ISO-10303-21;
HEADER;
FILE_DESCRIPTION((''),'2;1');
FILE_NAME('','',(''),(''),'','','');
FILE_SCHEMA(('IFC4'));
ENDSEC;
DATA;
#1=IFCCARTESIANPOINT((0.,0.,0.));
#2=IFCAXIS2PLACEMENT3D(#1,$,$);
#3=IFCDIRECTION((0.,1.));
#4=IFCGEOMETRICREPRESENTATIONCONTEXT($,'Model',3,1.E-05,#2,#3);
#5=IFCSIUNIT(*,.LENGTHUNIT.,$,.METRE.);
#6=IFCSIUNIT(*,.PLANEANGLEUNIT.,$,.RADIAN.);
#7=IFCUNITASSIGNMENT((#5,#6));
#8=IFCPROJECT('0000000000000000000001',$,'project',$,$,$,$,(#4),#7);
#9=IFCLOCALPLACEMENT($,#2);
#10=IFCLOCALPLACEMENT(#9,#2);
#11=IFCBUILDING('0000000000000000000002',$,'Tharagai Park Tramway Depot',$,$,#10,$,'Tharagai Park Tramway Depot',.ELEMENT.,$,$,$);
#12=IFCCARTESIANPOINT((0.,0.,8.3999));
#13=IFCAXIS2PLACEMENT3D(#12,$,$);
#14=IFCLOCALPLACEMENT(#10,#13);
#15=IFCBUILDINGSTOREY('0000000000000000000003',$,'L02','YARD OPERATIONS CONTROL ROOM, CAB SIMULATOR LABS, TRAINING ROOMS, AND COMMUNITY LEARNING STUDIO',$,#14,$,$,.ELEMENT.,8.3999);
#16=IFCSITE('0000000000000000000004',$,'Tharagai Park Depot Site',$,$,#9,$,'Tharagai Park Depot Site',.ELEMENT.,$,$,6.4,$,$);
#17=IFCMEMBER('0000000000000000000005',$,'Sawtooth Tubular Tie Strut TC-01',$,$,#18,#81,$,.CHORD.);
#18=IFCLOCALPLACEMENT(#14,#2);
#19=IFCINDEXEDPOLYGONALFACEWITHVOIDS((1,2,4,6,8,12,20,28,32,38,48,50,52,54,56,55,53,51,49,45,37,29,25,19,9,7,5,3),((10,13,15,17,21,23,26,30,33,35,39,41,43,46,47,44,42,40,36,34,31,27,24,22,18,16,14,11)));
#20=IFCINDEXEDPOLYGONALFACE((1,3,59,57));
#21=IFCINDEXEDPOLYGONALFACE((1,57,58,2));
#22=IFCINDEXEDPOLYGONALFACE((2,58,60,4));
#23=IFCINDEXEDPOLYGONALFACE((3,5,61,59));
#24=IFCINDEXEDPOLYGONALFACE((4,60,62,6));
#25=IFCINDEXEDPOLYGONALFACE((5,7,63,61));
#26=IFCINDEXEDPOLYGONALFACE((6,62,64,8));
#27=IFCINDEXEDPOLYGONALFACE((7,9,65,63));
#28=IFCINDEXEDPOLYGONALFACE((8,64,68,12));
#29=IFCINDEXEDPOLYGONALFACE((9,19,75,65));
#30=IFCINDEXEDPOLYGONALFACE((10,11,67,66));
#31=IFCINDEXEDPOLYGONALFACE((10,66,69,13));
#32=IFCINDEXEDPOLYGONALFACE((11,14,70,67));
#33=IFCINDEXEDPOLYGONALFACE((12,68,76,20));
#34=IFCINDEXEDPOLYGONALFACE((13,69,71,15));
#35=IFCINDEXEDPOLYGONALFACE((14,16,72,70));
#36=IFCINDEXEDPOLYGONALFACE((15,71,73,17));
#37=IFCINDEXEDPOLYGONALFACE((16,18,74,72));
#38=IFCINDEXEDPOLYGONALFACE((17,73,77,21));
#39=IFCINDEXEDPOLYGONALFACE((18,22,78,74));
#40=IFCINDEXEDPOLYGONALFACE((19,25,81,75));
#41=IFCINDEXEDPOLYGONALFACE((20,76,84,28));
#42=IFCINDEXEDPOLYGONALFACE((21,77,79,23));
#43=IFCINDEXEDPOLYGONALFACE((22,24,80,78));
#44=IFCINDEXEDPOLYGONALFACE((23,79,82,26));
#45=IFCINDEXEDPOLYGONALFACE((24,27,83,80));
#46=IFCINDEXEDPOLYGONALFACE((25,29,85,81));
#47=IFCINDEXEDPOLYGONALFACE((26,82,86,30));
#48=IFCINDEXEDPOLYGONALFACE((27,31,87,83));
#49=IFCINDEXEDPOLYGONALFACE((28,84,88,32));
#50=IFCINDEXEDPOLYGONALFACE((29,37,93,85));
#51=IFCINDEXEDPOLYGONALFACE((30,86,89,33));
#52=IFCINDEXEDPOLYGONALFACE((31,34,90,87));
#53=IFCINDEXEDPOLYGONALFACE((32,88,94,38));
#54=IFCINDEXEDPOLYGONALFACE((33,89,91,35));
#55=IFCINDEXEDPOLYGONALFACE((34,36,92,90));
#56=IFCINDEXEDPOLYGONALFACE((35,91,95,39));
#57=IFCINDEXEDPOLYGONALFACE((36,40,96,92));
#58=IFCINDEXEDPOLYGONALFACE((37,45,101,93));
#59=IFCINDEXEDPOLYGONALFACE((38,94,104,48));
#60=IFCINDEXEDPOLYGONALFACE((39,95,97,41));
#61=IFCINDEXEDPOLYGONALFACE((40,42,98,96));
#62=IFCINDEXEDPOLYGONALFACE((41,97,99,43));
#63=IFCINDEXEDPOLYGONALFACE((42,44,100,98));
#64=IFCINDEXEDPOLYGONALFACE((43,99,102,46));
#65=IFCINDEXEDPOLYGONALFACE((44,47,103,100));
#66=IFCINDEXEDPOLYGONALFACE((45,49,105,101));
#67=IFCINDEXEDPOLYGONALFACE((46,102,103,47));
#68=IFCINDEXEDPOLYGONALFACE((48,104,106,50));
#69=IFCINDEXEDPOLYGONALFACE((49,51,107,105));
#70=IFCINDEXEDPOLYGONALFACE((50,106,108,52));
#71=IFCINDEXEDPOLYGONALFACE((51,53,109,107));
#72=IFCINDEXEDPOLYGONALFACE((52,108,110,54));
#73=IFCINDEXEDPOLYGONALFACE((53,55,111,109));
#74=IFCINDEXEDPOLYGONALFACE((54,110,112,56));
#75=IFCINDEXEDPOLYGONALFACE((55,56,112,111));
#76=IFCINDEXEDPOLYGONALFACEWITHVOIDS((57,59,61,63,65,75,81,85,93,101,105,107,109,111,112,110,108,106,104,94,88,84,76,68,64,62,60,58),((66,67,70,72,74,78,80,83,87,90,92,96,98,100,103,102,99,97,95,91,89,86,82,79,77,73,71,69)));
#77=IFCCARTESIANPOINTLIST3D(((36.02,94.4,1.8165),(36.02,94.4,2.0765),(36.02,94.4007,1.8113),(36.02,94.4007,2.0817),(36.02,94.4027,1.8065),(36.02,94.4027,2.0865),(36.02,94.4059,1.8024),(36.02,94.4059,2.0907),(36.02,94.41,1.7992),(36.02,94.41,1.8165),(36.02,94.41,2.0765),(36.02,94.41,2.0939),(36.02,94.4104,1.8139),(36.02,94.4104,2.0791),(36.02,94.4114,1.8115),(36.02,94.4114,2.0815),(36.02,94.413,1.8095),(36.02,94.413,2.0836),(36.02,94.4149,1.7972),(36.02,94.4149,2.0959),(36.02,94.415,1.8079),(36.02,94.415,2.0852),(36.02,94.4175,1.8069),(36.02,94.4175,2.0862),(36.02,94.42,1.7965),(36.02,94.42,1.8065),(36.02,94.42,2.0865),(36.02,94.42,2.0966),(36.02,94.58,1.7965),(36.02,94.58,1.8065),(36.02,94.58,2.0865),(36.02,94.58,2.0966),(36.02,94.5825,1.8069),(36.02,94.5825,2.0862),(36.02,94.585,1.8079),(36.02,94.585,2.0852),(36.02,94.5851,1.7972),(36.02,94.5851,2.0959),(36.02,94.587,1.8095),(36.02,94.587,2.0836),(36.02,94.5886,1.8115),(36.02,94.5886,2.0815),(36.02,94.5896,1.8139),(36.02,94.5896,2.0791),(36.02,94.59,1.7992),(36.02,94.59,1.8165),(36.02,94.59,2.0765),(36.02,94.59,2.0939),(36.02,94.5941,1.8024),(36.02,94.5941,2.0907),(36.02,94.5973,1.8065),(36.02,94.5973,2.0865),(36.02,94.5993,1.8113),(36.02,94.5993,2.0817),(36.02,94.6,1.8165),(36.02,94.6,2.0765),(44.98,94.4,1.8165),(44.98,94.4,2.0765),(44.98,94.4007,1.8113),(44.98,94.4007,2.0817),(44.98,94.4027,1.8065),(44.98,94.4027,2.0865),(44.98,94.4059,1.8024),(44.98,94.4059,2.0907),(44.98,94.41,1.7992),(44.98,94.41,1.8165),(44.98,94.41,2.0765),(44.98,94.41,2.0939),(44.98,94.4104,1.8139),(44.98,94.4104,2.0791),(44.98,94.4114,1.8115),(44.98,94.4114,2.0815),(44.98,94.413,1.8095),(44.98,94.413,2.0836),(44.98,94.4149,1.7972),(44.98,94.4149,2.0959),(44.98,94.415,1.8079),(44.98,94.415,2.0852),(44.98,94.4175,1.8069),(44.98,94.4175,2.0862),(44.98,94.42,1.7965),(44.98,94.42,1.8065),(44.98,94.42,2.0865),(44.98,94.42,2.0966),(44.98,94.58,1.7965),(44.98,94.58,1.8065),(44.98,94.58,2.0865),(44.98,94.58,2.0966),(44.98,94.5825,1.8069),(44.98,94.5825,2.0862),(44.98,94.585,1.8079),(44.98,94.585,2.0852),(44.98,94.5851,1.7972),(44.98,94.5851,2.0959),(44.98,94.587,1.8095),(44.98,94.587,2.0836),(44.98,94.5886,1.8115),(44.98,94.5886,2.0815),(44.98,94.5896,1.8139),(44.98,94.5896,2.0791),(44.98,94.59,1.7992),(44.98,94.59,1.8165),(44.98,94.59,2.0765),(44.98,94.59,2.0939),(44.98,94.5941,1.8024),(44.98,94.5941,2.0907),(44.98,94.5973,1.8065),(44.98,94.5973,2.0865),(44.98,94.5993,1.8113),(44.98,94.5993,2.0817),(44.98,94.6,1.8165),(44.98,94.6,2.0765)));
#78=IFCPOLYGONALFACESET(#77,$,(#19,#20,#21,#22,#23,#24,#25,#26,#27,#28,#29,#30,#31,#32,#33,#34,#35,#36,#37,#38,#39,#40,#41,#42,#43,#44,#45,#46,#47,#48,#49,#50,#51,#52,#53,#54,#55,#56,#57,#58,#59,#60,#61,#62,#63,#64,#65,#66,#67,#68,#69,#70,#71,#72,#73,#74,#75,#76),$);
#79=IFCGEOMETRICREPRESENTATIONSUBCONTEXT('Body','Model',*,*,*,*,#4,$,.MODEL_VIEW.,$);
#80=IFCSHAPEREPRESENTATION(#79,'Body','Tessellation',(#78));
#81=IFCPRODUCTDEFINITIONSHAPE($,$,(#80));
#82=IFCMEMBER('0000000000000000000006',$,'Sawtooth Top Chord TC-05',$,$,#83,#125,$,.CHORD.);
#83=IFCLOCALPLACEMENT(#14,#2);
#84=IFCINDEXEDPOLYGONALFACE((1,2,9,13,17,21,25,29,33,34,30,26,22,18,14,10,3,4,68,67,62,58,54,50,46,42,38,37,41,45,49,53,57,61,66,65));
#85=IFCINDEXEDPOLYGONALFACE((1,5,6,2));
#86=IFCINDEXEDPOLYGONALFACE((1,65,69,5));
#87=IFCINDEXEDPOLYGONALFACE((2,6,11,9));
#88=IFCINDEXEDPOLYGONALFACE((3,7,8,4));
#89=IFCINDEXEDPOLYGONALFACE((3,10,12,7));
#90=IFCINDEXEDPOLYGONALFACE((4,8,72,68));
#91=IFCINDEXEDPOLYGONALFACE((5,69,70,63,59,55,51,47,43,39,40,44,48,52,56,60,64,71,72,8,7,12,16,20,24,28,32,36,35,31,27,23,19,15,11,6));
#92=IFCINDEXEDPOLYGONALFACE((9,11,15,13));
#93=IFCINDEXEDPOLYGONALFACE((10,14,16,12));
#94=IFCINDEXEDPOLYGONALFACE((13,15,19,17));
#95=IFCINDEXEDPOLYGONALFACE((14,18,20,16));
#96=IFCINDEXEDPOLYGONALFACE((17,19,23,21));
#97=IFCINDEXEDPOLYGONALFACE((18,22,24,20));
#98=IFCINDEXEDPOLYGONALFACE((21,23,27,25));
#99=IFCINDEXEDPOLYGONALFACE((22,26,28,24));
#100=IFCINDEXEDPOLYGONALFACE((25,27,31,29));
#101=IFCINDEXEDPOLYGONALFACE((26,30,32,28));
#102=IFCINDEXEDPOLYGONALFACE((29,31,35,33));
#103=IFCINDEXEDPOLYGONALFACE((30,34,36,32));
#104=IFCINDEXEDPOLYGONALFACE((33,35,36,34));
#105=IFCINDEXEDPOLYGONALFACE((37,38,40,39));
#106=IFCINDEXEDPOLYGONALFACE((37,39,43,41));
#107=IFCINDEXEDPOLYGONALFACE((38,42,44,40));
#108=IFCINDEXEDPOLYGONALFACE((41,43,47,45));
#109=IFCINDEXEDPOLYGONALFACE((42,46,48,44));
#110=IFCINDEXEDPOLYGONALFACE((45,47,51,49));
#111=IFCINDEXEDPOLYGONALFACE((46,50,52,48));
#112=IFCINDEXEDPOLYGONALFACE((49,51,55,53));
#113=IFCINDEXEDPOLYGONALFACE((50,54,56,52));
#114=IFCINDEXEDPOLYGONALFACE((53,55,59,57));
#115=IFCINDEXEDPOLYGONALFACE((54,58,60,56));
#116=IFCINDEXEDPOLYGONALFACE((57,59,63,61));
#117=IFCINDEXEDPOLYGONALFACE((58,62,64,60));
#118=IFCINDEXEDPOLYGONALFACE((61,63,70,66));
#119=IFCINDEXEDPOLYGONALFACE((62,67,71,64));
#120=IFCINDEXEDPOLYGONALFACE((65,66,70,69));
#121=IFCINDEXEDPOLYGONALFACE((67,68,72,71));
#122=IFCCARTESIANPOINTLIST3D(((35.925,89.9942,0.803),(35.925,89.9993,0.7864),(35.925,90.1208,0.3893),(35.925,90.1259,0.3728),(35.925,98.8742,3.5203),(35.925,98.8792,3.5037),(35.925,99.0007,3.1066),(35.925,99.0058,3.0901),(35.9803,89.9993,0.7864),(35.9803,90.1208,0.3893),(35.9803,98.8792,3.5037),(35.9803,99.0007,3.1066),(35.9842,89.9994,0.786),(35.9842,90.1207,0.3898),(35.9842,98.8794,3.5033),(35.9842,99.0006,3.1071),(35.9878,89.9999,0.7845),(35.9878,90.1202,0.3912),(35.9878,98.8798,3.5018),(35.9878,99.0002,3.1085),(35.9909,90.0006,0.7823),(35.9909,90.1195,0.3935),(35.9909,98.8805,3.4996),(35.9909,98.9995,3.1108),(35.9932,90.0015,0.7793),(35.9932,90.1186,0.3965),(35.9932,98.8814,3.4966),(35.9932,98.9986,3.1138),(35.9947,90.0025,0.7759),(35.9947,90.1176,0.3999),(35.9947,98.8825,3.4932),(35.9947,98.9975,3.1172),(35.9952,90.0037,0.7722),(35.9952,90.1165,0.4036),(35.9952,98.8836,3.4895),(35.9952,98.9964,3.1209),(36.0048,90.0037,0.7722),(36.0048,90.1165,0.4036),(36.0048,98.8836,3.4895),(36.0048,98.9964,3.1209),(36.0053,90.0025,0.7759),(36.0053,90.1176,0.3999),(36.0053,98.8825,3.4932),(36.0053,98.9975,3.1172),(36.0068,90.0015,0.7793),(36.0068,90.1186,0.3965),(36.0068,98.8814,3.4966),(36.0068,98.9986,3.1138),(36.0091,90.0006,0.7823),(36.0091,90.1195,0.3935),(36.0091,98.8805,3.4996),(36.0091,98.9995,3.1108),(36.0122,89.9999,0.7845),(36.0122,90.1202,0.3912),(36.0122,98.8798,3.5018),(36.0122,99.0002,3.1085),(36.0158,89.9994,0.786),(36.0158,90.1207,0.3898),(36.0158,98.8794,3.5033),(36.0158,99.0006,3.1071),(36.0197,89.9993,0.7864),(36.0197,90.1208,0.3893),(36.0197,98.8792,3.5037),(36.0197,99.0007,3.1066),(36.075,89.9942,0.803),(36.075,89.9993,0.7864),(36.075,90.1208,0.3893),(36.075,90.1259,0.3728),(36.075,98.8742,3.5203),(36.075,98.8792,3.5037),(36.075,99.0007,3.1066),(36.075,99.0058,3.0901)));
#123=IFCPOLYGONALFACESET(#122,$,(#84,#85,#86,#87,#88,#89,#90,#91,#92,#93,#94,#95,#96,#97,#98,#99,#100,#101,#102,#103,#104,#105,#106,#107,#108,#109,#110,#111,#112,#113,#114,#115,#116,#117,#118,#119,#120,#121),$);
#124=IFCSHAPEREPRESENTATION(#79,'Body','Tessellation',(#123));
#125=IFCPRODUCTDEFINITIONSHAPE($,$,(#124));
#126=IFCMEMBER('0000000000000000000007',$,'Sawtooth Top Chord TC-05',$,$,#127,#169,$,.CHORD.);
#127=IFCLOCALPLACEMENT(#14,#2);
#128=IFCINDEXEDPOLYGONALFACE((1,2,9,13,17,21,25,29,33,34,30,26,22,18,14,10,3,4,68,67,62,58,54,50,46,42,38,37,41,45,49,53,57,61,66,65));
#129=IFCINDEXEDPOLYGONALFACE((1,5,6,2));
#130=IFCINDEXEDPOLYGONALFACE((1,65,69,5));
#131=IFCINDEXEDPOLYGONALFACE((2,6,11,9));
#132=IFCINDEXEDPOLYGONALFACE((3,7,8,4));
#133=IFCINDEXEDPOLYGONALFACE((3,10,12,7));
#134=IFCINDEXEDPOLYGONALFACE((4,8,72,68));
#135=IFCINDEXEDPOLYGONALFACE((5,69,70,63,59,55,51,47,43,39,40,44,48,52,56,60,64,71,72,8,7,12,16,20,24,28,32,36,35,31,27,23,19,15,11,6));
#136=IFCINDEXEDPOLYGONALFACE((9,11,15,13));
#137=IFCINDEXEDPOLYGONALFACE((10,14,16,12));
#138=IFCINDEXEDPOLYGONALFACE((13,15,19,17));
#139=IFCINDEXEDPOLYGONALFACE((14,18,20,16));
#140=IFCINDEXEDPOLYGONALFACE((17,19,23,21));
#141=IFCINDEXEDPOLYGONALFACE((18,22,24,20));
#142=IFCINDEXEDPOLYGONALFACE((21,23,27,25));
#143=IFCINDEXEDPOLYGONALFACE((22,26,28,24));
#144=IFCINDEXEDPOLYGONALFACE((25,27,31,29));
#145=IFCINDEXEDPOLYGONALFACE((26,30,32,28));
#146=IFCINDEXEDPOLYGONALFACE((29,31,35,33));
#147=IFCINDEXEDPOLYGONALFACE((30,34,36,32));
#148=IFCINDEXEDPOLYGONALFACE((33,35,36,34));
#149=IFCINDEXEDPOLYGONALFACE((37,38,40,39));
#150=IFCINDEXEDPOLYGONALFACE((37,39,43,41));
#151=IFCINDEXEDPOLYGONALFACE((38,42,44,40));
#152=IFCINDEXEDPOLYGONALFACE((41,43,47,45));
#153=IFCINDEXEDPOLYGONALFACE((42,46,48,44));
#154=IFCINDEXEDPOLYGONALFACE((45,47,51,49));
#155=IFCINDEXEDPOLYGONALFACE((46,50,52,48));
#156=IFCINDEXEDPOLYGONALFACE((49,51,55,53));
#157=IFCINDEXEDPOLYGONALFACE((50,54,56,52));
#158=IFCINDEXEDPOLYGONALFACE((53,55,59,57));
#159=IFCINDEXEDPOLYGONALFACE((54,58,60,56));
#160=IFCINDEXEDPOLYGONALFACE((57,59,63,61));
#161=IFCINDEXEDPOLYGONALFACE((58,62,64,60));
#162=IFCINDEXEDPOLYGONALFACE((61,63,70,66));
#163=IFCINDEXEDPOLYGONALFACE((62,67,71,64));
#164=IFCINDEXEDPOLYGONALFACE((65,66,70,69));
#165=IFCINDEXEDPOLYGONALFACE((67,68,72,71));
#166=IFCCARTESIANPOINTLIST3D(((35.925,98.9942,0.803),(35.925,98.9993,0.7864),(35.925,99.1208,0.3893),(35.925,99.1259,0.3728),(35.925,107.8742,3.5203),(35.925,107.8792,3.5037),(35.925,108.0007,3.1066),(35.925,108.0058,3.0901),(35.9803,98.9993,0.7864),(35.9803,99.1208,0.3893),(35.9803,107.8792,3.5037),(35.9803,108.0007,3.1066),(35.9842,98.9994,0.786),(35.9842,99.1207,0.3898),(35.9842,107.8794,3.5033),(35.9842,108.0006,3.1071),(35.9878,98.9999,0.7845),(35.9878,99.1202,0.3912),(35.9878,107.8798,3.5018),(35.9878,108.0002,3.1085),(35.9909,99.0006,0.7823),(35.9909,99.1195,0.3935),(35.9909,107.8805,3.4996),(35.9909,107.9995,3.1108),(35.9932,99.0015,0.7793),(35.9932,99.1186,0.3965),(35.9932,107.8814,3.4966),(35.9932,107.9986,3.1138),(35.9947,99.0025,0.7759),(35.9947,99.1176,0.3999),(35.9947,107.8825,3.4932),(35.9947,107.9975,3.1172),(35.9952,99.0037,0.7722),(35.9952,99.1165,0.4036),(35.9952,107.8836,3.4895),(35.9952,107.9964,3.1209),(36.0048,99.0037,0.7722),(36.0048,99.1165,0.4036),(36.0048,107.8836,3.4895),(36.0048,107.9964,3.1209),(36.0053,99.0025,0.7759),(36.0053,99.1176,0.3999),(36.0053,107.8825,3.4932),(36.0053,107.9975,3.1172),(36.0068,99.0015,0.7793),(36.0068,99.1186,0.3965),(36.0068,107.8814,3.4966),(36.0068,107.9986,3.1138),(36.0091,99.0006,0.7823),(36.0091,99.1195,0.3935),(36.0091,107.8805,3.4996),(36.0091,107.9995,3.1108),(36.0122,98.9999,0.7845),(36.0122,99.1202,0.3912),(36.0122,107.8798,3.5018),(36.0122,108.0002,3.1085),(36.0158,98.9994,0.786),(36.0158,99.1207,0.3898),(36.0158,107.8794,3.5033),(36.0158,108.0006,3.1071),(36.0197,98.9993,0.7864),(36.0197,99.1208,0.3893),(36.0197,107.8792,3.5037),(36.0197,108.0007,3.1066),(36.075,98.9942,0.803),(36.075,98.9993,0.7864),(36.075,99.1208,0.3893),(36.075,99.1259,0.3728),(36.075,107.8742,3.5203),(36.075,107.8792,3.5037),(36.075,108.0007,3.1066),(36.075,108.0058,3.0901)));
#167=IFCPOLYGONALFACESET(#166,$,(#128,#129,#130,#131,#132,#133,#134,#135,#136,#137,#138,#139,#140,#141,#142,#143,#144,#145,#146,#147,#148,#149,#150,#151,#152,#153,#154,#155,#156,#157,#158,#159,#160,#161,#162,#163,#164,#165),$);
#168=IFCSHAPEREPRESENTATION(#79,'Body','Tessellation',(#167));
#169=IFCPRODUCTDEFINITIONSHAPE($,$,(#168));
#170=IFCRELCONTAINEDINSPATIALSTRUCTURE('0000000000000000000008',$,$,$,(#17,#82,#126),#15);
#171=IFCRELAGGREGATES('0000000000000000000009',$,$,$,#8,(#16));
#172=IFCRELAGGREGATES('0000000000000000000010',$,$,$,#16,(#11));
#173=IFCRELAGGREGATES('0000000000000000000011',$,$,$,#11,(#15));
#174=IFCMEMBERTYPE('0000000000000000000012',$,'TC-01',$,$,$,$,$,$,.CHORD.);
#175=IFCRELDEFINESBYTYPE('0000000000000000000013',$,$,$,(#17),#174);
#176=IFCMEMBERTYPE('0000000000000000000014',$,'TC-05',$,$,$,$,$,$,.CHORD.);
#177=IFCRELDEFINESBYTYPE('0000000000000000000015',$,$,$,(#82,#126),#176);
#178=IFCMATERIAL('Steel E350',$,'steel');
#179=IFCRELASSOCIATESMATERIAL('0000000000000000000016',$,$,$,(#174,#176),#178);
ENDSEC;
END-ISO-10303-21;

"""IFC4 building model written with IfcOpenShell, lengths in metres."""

from ifc_helpers import new_model, si_unit, direction, frame, origin, origin_2d, place, context, subcontext, project, spatial, hollow_rectangle, i_section, extrude, material, material_profile, profile_set, type_object, element, save


model = new_model("IFC4")

# Units and contexts
model_context = context("Model", 3, precision=1e-05, world=origin(), true_north=direction((0.0, 1.0)))
body_context = subcontext(model_context, "Body", "Model", "MODEL_VIEW")
ifc_project = project(units=[si_unit("LENGTHUNIT", "METRE"), si_unit("PLANEANGLEUNIT", "RADIAN")], contexts=[model_context])

# Site, building, storey
site_placement = place(None, origin())
site = spatial("IfcSite", under=ifc_project, at=site_placement, Name="Tharagai Park Depot Site", LongName="Tharagai Park Depot Site", CompositionType="ELEMENT", RefElevation=6.4)
building_placement = place(site_placement, origin())
building = spatial("IfcBuilding", under=site, at=building_placement, Name="Tharagai Park Tramway Depot", LongName="Tharagai Park Tramway Depot", CompositionType="ELEMENT")
storey_placement = place(building_placement, frame((0.0, 0.0, 8.3999)))
storey = spatial("IfcBuildingStorey", under=building, at=storey_placement, Name="L02", Description="YARD OPERATIONS CONTROL ROOM, CAB SIMULATOR LABS, TRAINING ROOMS, AND COMMUNITY LEARNING STUDIO", CompositionType="ELEMENT", Elevation=8.3999)

# Shared definitions
ifc_material_1 = material(Name="Steel E350", Category="steel")

# Members
ifc_material_profile_1 = material_profile(ifc_material_1, hollow_rectangle(XDim=0.2, YDim=0.3, WallThickness=0.01, InnerFilletRadius=0.01, OuterFilletRadius=0.02, at=origin_2d()), Name="RHS 300x200x10")
ifc_profile_set_1 = profile_set([ifc_material_profile_1], Name="Steel E350")
member_type_1 = type_object("IfcMemberType", Name="TC-01", PredefinedType="CHORD", material=ifc_profile_set_1)
member_1_placement = place(storey_placement, frame((36.02, 94.5, 1.9465), z_axis=(1.0, 0.0, 0.0), x_axis=(0.0, 1.0, 0.0)))
element("IfcMember", 1, at=member_1_placement, inside=storey, type_object=member_type_1, Name="Sawtooth Tubular Tie Strut TC-01", PredefinedType="CHORD", context=body_context, shape_type="SweptSolid", body=[
    extrude(hollow_rectangle(XDim=0.2, YDim=0.3, WallThickness=0.01, InnerFilletRadius=0.01, OuterFilletRadius=0.02, at=origin_2d()), origin(), (0.0, 0.0, 1.0), 8.96),
])
ifc_material_profile_2 = material_profile(ifc_material_1, i_section(OverallWidth=0.1499, OverallDepth=0.45, WebThickness=0.0095, FlangeThickness=0.0173, FilletRadius=0.0149, at=origin_2d()), Name="ISMB 450")
ifc_profile_set_2 = profile_set([ifc_material_profile_2], Name="Steel E350")
member_type_2 = type_object("IfcMemberType", Name="TC-05", PredefinedType="CHORD", material=ifc_profile_set_2)
for number, where, z_axis, x_axis, name in (
    (2, (36.0, 90.0601, 0.5879), (0.0, 0.956231, 0.292611), (-1.0, 0.0, 0.0), "Sawtooth Top Chord TC-05"),
    (3, (36.0, 99.0601, 0.5879), (0.0, 0.956231, 0.292611), (-1.0, 0.0, 0.0), "Sawtooth Top Chord TC-05"),
):
    element("IfcMember", number, at=place(storey_placement, frame(where, z_axis=z_axis, x_axis=x_axis)), inside=storey, type_object=member_type_2, Name=name, PredefinedType="CHORD", context=body_context, shape_type="SweptSolid", body=[
        extrude(i_section(OverallWidth=0.1499, OverallDepth=0.45, WebThickness=0.0095, FlangeThickness=0.0173, FilletRadius=0.0149, at=origin_2d()), origin(), (0.0, 0.0, 1.0), 9.2864),
    ])

save(model, "model.ifc")
